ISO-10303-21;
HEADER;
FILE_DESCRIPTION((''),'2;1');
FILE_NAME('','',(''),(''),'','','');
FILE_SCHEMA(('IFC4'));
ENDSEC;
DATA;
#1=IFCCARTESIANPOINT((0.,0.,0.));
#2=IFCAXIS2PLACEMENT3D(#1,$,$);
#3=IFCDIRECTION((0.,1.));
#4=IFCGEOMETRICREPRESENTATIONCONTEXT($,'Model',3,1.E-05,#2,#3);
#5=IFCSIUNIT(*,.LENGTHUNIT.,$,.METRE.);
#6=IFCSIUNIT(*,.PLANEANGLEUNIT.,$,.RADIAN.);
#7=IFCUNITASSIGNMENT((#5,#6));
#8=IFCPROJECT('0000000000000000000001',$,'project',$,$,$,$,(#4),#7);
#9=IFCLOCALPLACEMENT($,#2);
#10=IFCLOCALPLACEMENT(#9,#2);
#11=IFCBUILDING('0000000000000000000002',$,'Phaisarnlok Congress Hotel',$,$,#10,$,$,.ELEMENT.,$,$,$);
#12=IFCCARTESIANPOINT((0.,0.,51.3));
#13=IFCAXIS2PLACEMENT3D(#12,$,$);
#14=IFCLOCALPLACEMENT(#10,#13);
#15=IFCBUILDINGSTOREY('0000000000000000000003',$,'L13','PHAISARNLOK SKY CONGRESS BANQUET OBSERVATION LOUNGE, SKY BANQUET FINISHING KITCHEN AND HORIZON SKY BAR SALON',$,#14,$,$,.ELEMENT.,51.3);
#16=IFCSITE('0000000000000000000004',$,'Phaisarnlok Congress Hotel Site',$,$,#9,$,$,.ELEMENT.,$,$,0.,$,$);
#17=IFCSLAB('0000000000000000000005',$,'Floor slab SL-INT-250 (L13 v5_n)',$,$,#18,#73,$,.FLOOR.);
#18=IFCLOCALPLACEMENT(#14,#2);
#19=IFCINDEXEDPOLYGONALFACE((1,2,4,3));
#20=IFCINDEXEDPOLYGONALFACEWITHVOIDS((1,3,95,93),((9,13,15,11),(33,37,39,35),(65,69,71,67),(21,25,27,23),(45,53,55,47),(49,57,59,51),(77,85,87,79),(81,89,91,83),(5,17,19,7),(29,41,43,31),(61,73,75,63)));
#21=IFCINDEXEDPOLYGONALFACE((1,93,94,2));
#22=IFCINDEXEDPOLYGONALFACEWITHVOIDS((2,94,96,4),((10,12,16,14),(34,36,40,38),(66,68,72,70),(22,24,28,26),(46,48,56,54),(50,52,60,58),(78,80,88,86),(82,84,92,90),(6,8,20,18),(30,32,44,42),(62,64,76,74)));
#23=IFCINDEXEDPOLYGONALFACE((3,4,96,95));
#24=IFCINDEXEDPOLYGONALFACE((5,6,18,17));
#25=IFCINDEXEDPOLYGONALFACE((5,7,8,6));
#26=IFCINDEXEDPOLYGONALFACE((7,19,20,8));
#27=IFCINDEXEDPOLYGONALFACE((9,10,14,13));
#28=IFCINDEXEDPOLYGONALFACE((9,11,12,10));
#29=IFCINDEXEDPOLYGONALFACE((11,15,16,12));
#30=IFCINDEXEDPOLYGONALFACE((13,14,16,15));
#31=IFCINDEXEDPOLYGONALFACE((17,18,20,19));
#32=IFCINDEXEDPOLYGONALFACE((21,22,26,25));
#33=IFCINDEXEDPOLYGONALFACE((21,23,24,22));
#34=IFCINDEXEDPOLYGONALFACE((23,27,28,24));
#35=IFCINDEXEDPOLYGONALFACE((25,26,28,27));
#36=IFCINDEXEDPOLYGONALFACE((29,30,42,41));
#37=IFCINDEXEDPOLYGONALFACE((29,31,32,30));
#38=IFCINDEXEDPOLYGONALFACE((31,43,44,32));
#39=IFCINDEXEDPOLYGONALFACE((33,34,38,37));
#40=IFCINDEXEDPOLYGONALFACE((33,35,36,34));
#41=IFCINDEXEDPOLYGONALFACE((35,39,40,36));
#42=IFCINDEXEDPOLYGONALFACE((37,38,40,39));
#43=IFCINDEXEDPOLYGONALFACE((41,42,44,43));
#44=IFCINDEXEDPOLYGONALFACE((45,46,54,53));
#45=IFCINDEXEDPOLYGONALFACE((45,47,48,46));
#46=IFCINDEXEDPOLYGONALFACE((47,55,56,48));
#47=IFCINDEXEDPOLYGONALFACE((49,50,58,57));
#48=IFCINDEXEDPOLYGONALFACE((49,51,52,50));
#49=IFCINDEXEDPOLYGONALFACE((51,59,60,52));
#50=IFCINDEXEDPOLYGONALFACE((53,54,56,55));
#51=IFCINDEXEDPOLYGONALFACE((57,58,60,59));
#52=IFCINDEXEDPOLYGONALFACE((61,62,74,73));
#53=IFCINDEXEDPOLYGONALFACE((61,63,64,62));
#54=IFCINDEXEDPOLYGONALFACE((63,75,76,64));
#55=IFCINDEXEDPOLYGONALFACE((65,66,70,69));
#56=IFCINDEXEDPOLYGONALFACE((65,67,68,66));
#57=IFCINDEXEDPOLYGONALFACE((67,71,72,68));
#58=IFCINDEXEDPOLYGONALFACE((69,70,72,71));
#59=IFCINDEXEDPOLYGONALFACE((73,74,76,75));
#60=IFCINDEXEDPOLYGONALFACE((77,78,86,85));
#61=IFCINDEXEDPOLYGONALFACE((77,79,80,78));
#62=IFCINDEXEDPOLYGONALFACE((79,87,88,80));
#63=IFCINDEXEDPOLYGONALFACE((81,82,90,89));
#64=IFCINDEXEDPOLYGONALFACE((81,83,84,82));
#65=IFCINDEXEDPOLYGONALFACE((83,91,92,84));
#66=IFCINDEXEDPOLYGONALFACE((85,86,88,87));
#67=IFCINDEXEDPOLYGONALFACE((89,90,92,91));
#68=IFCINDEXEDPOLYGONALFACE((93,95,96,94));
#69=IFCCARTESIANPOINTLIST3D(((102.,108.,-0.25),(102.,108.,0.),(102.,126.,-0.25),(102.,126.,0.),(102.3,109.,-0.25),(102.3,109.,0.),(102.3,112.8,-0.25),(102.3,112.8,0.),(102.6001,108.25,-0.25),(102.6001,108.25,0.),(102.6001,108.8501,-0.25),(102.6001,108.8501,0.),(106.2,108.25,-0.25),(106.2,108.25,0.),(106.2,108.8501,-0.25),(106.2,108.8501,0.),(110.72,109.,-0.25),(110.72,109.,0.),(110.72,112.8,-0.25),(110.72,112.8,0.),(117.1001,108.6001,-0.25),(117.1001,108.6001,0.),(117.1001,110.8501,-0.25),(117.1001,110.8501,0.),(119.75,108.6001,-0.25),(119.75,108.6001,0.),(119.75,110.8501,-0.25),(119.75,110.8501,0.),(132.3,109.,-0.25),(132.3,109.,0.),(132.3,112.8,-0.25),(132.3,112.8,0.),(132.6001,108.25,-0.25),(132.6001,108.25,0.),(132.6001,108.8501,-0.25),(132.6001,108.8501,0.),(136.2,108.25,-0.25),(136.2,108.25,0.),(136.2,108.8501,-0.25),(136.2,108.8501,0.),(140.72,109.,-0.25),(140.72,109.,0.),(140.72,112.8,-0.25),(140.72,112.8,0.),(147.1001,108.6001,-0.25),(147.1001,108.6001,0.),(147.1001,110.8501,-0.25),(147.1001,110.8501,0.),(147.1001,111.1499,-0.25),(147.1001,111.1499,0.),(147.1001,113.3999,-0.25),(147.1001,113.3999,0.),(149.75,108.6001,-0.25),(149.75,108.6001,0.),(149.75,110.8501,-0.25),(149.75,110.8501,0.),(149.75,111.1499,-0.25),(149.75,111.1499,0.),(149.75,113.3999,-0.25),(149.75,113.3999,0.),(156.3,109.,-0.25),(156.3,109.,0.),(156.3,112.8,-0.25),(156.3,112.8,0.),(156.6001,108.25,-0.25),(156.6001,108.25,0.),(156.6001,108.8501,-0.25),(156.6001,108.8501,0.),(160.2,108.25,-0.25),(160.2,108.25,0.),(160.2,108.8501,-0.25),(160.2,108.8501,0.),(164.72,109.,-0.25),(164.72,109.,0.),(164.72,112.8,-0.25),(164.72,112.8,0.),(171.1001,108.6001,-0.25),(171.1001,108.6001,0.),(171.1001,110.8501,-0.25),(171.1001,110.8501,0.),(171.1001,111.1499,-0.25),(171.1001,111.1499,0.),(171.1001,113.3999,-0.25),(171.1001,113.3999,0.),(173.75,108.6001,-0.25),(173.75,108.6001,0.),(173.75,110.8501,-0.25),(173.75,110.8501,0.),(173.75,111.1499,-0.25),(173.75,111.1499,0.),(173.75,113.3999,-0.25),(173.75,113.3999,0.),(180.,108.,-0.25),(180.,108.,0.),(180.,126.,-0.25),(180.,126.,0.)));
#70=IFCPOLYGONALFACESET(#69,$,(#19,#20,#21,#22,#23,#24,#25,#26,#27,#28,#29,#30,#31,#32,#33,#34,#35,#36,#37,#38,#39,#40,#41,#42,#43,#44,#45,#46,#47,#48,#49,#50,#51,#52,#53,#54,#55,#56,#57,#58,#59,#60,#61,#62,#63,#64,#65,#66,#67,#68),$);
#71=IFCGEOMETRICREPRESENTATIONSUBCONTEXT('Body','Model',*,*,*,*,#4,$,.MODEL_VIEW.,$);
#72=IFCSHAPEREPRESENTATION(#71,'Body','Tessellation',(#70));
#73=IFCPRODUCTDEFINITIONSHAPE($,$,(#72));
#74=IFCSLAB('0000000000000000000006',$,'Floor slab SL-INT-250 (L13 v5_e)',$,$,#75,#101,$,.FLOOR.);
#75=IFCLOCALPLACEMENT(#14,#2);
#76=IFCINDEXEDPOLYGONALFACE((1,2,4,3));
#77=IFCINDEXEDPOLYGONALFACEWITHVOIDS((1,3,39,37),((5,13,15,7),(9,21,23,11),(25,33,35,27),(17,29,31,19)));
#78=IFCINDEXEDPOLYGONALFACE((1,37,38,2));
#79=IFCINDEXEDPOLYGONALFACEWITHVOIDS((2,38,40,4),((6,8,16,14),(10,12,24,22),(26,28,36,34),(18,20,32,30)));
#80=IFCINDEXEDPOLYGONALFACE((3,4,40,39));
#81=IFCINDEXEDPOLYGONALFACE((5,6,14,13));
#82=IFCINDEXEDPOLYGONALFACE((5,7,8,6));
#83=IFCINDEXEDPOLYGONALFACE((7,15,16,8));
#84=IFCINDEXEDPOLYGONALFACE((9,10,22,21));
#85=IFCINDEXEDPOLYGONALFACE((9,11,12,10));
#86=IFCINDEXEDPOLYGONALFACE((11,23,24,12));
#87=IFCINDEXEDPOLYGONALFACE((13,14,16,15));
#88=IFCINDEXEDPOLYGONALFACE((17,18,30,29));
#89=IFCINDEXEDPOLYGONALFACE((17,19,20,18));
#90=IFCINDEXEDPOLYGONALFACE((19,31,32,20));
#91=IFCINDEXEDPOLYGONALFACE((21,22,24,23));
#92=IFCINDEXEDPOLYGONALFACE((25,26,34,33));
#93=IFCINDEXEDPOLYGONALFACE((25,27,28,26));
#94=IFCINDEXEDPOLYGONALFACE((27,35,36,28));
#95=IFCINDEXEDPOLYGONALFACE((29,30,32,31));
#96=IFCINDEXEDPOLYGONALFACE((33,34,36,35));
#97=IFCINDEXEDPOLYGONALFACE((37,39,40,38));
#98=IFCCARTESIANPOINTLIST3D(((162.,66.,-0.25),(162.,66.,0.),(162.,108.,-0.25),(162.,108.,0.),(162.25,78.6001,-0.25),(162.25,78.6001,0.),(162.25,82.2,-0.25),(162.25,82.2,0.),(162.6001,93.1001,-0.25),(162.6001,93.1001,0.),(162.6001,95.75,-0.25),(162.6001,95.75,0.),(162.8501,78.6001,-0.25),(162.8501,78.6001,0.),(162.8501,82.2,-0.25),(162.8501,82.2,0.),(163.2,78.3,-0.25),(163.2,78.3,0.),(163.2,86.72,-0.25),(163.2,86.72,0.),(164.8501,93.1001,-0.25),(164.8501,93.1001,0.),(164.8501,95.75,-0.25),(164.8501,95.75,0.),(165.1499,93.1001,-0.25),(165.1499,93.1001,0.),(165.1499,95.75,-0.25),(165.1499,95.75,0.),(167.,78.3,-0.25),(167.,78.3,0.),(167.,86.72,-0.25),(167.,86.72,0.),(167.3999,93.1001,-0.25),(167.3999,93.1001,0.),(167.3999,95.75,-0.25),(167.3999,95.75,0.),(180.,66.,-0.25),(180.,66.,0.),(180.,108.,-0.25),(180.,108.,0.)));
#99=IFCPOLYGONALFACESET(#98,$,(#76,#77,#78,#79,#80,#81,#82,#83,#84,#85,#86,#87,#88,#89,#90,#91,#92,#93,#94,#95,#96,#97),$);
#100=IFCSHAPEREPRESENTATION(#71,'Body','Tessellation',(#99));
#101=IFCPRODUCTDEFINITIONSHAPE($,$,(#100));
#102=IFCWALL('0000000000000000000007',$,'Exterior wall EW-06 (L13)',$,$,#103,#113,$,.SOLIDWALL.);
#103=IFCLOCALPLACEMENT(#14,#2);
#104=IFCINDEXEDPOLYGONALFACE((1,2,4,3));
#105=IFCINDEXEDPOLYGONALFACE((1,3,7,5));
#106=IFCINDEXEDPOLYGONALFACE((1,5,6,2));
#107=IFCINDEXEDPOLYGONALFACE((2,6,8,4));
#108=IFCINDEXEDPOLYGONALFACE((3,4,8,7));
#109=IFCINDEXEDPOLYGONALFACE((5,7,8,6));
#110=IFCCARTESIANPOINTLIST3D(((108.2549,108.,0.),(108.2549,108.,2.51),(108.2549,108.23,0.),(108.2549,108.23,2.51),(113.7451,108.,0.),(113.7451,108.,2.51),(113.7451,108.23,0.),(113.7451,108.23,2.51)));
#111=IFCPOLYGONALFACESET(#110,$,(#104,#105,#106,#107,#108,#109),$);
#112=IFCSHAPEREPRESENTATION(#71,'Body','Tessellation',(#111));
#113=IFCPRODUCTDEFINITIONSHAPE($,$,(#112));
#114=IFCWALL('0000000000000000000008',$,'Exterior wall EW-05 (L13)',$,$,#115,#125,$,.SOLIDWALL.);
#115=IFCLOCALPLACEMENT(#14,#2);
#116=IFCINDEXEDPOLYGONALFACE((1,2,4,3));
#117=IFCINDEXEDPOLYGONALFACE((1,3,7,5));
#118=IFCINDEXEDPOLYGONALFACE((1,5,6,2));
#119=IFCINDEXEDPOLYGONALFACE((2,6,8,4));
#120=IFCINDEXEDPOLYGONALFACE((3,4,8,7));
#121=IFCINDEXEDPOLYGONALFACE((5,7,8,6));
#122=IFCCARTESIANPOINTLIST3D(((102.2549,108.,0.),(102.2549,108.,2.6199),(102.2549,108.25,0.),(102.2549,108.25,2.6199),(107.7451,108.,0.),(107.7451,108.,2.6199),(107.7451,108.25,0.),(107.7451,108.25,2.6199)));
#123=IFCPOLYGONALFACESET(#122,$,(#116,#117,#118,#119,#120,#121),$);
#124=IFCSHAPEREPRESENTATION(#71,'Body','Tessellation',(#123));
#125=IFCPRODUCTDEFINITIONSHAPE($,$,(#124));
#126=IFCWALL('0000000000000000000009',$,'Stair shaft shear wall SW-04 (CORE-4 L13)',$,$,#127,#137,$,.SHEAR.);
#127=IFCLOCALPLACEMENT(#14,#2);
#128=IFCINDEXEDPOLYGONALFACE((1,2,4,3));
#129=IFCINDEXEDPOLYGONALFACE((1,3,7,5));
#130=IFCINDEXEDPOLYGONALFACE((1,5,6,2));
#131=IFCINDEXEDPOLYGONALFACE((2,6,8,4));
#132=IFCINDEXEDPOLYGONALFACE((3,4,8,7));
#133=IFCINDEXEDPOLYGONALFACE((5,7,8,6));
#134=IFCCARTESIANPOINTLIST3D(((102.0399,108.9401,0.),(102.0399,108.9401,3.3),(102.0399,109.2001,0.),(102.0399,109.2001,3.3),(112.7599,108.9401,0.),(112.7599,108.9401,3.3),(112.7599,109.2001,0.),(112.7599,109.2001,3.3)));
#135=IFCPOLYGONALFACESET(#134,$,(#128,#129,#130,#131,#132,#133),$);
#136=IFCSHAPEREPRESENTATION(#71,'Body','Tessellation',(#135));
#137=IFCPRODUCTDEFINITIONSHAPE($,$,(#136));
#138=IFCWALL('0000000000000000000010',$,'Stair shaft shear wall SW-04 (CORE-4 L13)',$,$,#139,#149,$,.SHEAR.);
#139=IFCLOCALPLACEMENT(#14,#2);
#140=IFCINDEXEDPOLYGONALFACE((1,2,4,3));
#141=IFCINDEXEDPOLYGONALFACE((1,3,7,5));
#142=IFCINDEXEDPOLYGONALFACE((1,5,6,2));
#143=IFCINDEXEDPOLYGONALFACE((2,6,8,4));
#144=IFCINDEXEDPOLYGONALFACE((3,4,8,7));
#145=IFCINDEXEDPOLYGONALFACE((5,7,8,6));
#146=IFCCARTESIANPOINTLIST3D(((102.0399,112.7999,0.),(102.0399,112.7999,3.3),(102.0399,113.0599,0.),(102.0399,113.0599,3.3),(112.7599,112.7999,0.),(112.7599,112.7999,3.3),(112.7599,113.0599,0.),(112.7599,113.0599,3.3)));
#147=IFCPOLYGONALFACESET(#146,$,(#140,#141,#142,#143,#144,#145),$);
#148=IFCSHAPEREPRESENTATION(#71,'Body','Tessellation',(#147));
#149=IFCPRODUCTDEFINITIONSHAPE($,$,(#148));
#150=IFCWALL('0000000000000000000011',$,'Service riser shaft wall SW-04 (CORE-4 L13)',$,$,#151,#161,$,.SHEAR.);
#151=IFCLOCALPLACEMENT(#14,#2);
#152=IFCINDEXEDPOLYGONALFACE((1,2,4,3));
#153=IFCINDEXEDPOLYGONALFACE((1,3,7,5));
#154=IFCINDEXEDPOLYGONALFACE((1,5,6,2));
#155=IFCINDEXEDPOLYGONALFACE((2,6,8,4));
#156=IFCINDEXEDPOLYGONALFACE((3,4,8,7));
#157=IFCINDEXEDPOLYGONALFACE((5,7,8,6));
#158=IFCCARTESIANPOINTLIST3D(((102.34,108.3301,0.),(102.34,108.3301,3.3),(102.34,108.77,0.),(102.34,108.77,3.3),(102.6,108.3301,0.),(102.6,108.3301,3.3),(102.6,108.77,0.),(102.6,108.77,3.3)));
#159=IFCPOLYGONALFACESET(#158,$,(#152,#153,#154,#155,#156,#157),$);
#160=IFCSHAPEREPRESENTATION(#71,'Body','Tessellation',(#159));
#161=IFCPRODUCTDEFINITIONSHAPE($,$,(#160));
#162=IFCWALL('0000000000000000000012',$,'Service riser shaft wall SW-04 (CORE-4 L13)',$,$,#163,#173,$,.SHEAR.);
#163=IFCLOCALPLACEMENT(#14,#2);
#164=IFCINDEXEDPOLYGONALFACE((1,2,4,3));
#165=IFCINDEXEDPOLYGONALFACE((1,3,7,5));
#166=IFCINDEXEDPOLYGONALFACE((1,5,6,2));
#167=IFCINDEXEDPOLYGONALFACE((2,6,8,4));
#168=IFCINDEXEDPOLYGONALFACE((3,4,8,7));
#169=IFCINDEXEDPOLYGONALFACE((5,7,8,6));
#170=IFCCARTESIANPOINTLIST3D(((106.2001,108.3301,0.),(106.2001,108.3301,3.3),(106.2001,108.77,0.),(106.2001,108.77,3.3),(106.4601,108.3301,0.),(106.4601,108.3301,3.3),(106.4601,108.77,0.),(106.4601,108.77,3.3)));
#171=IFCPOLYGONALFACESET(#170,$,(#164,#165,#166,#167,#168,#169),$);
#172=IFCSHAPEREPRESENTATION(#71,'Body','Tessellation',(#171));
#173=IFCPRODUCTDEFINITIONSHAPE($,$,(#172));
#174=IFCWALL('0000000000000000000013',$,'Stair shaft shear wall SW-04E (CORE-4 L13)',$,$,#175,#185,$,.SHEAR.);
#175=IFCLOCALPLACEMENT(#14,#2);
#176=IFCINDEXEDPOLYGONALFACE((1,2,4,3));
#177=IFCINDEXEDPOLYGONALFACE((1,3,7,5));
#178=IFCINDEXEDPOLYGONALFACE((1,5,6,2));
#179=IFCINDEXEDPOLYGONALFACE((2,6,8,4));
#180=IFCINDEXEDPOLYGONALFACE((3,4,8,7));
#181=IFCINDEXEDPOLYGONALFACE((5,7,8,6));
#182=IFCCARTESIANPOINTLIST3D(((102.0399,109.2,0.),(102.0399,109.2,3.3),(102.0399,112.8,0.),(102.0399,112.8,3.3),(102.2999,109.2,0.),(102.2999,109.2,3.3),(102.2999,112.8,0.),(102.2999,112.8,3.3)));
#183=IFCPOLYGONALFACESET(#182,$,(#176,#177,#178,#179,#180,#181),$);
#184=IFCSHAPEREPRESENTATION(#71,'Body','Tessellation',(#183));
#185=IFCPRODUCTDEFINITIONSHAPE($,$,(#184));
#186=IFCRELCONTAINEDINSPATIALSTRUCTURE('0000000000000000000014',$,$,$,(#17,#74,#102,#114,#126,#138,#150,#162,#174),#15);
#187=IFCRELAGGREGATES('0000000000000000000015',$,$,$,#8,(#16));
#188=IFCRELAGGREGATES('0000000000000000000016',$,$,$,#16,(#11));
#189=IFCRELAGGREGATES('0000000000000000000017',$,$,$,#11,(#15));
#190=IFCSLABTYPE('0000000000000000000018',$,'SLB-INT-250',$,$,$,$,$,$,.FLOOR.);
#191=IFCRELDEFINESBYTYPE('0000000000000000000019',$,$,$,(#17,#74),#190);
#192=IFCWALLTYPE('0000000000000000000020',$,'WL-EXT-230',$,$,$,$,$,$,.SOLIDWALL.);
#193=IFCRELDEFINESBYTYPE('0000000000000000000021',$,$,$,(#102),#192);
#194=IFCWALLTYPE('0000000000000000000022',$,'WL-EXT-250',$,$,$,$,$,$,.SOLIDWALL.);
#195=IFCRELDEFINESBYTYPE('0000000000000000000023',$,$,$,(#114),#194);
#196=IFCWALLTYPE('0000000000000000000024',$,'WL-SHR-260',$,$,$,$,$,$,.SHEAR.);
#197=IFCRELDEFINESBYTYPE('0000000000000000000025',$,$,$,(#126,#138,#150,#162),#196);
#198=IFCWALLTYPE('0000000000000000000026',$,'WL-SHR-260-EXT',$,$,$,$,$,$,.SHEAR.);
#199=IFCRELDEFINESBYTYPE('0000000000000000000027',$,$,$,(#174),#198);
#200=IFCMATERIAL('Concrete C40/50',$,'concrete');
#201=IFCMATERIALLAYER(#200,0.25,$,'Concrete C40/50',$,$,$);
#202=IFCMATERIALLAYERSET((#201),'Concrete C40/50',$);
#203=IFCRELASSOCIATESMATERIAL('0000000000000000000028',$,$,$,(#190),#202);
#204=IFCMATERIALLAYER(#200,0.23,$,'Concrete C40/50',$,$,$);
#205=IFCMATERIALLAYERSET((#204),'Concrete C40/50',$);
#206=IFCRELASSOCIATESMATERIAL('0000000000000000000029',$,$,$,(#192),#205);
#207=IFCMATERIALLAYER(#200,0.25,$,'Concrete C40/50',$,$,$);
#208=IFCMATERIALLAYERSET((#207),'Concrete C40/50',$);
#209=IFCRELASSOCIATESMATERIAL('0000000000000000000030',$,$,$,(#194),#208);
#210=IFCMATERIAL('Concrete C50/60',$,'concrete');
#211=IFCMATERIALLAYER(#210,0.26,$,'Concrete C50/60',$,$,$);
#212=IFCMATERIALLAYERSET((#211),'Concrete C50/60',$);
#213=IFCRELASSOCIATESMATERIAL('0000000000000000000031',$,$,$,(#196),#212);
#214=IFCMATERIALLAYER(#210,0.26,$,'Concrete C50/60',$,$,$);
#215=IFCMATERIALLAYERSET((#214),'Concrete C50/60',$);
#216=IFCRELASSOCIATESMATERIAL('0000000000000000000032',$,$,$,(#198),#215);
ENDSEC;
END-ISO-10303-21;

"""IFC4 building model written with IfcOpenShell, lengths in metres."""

from ifc_helpers import new_model, si_unit, direction, frame, frame_2d, origin, place, context, subcontext, project, spatial, polyline, rectangle, outline, extrude, material, layer, layer_set, type_object, element, save


model = new_model("IFC4")

# Units and contexts
model_context = context("Model", 3, precision=1e-05, world=origin(), true_north=direction((0.0, 1.0)))
body_context = subcontext(model_context, "Body", "Model", "MODEL_VIEW")
ifc_project = project(units=[si_unit("LENGTHUNIT", "METRE"), si_unit("PLANEANGLEUNIT", "RADIAN")], contexts=[model_context])

# Site, building, storey
site_placement = place(None, origin())
site = spatial("IfcSite", under=ifc_project, at=site_placement, Name="Phaisarnlok Congress Hotel Site", CompositionType="ELEMENT", RefElevation=0.0)
building_placement = place(site_placement, origin())
building = spatial("IfcBuilding", under=site, at=building_placement, Name="Phaisarnlok Congress Hotel", CompositionType="ELEMENT")
storey_placement = place(building_placement, frame((0.0, 0.0, 51.3)))
storey = spatial("IfcBuildingStorey", under=building, at=storey_placement, Name="L13", Description="PHAISARNLOK SKY CONGRESS BANQUET OBSERVATION LOUNGE, SKY BANQUET FINISHING KITCHEN AND HORIZON SKY BAR SALON", CompositionType="ELEMENT", Elevation=51.3)

# Shared definitions
ifc_material_1 = material(Name="Concrete C50/60", Category="concrete")

# Shared definitions
ifc_material_2 = material(Name="Concrete C40/50", Category="concrete")

# Slabs
ifc_layer_1 = layer(ifc_material_2, 0.25, Name="Concrete C40/50")
ifc_layer_set_1 = layer_set([ifc_layer_1], Name="Concrete C40/50")
slab_type = type_object("IfcSlabType", Name="SLB-INT-250", PredefinedType="FLOOR", material=ifc_layer_set_1)
slab_1_placement = place(storey_placement, frame((0.0, 0.0, -0.25)))
element("IfcSlab", 1, at=slab_1_placement, inside=storey, type_object=slab_type, Name="Floor slab SL-INT-250 (L13 v5_n)", PredefinedType="FLOOR", context=body_context, shape_type="SweptSolid", body=[
    extrude(outline(polyline([(180.0, 108.0), (180.0, 126.0), (102.0, 126.0), (102.0, 108.0), (180.0, 108.0)]), holes=[polyline([(164.72, 112.8), (156.3, 112.8), (156.3, 109.0), (164.72, 109.0), (164.72, 112.8)]), polyline([(140.72, 112.8), (132.3, 112.8), (132.3, 109.0), (140.72, 109.0), (140.72, 112.8)]), polyline([(110.72, 112.8), (102.3, 112.8), (102.3, 109.0), (110.72, 109.0), (110.72, 112.8)]), polyline([(173.75, 108.6001), (173.75, 110.8501), (171.1001, 110.8501), (171.1001, 108.6001), (173.75, 108.6001)]), polyline([(173.75, 111.1499), (173.75, 113.3999), (171.1001, 113.3999), (171.1001, 111.1499), (173.75, 111.1499)]), polyline([(160.2, 108.25), (160.2, 108.8501), (156.6001, 108.8501), (156.6001, 108.25), (160.2, 108.25)]), polyline([(149.75, 108.6001), (149.75, 110.8501), (147.1001, 110.8501), (147.1001, 108.6001), (149.75, 108.6001)]), polyline([(149.75, 111.1499), (149.75, 113.3999), (147.1001, 113.3999), (147.1001, 111.1499), (149.75, 111.1499)]), polyline([(136.2, 108.25), (136.2, 108.8501), (132.6001, 108.8501), (132.6001, 108.25), (136.2, 108.25)]), polyline([(119.75, 108.6001), (119.75, 110.8501), (117.1001, 110.8501), (117.1001, 108.6001), (119.75, 108.6001)]), polyline([(106.2, 108.25), (106.2, 108.8501), (102.6001, 108.8501), (102.6001, 108.25), (106.2, 108.25)])]), origin(), (0.0, 0.0, 1.0), 0.25),
])
slab_2_placement = place(storey_placement, frame((0.0, 0.0, -0.25)))
element("IfcSlab", 2, at=slab_2_placement, inside=storey, type_object=slab_type, Name="Floor slab SL-INT-250 (L13 v5_e)", PredefinedType="FLOOR", context=body_context, shape_type="SweptSolid", body=[
    extrude(outline(polyline([(180.0, 66.0), (180.0, 108.0), (162.0, 108.0), (162.0, 66.0), (180.0, 66.0)]), holes=[polyline([(163.2, 86.72), (163.2, 78.3), (167.0, 78.3), (167.0, 86.72), (163.2, 86.72)]), polyline([(164.8501, 93.1001), (164.8501, 95.75), (162.6001, 95.75), (162.6001, 93.1001), (164.8501, 93.1001)]), polyline([(167.3999, 93.1001), (167.3999, 95.75), (165.1499, 95.75), (165.1499, 93.1001), (167.3999, 93.1001)]), polyline([(162.8501, 78.6001), (162.8501, 82.2), (162.25, 82.2), (162.25, 78.6001), (162.8501, 78.6001)])]), origin(), (0.0, 0.0, 1.0), 0.25),
])

# Walls
ifc_layer_2 = layer(ifc_material_2, 0.23, Name="Concrete C40/50")
ifc_layer_set_2 = layer_set([ifc_layer_2], Name="Concrete C40/50")
wall_type_1 = type_object("IfcWallType", Name="WL-EXT-230", PredefinedType="SOLIDWALL", material=ifc_layer_set_2)
wall_1_placement = place(storey_placement, frame((108.2549, 108.115, 0.0), z_axis=(0.0, 0.0, 1.0), x_axis=(1.0, 0.0, 0.0)))
element("IfcWall", 3, at=wall_1_placement, inside=storey, type_object=wall_type_1, Name="Exterior wall EW-06 (L13)", PredefinedType="SOLIDWALL", context=body_context, shape_type="SweptSolid", body=[
    extrude(rectangle(XDim=5.4902, YDim=0.23, at=frame_2d((2.7451, 0.0))), origin(), (0.0, 0.0, 1.0), 2.51),
])
ifc_layer_3 = layer(ifc_material_2, 0.25, Name="Concrete C40/50")
ifc_layer_set_3 = layer_set([ifc_layer_3], Name="Concrete C40/50")
wall_type_2 = type_object("IfcWallType", Name="WL-EXT-250", PredefinedType="SOLIDWALL", material=ifc_layer_set_3)
wall_2_placement = place(storey_placement, frame((102.2549, 108.125, 0.0), z_axis=(0.0, 0.0, 1.0), x_axis=(1.0, 0.0, 0.0)))
element("IfcWall", 4, at=wall_2_placement, inside=storey, type_object=wall_type_2, Name="Exterior wall EW-05 (L13)", PredefinedType="SOLIDWALL", context=body_context, shape_type="SweptSolid", body=[
    extrude(rectangle(XDim=5.4902, YDim=0.25, at=frame_2d((2.7451, 0.0))), origin(), (0.0, 0.0, 1.0), 2.6199),
])
ifc_layer_4 = layer(ifc_material_1, 0.26, Name="Concrete C50/60")
ifc_layer_set_4 = layer_set([ifc_layer_4], Name="Concrete C50/60")
wall_type_3 = type_object("IfcWallType", Name="WL-SHR-260", PredefinedType="SHEAR", material=ifc_layer_set_4)
for number, where, z_axis, x_axis, name in (
    (5, (102.04, 109.0701, 0.0), (0.0, 0.0, 1.0), (1.0, 0.0, 0.0), "Stair shaft shear wall SW-04 (CORE-4 L13)"),
    (6, (102.04, 112.9299, 0.0), (0.0, 0.0, 1.0), (1.0, 0.0, 0.0), "Stair shaft shear wall SW-04 (CORE-4 L13)"),
):
    element("IfcWall", number, at=place(storey_placement, frame(where, z_axis=z_axis, x_axis=x_axis)), inside=storey, type_object=wall_type_3, Name=name, PredefinedType="SHEAR", context=body_context, shape_type="SweptSolid", body=[
        extrude(rectangle(XDim=10.72, YDim=0.26, at=frame_2d((5.3599, 0.0))), origin(), (0.0, 0.0, 1.0), 3.3),
    ])

# Walls
for number, where, z_axis, x_axis, name in (
    (7, (102.47, 108.3301, 0.0), (0.0, 0.0, 1.0), (0.0, 1.0, 0.0), "Service riser shaft wall SW-04 (CORE-4 L13)"),
    (8, (106.3301, 108.3301, 0.0), (0.0, 0.0, 1.0), (0.0, 1.0, 0.0), "Service riser shaft wall SW-04 (CORE-4 L13)"),
):
    element("IfcWall", number, at=place(storey_placement, frame(where, z_axis=z_axis, x_axis=x_axis)), inside=storey, type_object=wall_type_3, Name=name, PredefinedType="SHEAR", context=body_context, shape_type="SweptSolid", body=[
        extrude(rectangle(XDim=0.4399, YDim=0.26, at=frame_2d((0.22, 0.0))), origin(), (0.0, 0.0, 1.0), 3.3),
    ])
ifc_layer_5 = layer(ifc_material_1, 0.26, Name="Concrete C50/60")
ifc_layer_set_5 = layer_set([ifc_layer_5], Name="Concrete C50/60")
wall_type_4 = type_object("IfcWallType", Name="WL-SHR-260-EXT", PredefinedType="SHEAR", material=ifc_layer_set_5)
wall_3_placement = place(storey_placement, frame((102.1699, 109.2, 0.0), z_axis=(0.0, 0.0, 1.0), x_axis=(0.0, 1.0, 0.0)))
element("IfcWall", 9, at=wall_3_placement, inside=storey, type_object=wall_type_4, Name="Stair shaft shear wall SW-04E (CORE-4 L13)", PredefinedType="SHEAR", context=body_context, shape_type="SweptSolid", body=[
    extrude(rectangle(XDim=3.6001, YDim=0.26, at=frame_2d((1.8, 0.0))), origin(), (0.0, 0.0, 1.0), 3.3),
])

save(model, "model.ifc")
